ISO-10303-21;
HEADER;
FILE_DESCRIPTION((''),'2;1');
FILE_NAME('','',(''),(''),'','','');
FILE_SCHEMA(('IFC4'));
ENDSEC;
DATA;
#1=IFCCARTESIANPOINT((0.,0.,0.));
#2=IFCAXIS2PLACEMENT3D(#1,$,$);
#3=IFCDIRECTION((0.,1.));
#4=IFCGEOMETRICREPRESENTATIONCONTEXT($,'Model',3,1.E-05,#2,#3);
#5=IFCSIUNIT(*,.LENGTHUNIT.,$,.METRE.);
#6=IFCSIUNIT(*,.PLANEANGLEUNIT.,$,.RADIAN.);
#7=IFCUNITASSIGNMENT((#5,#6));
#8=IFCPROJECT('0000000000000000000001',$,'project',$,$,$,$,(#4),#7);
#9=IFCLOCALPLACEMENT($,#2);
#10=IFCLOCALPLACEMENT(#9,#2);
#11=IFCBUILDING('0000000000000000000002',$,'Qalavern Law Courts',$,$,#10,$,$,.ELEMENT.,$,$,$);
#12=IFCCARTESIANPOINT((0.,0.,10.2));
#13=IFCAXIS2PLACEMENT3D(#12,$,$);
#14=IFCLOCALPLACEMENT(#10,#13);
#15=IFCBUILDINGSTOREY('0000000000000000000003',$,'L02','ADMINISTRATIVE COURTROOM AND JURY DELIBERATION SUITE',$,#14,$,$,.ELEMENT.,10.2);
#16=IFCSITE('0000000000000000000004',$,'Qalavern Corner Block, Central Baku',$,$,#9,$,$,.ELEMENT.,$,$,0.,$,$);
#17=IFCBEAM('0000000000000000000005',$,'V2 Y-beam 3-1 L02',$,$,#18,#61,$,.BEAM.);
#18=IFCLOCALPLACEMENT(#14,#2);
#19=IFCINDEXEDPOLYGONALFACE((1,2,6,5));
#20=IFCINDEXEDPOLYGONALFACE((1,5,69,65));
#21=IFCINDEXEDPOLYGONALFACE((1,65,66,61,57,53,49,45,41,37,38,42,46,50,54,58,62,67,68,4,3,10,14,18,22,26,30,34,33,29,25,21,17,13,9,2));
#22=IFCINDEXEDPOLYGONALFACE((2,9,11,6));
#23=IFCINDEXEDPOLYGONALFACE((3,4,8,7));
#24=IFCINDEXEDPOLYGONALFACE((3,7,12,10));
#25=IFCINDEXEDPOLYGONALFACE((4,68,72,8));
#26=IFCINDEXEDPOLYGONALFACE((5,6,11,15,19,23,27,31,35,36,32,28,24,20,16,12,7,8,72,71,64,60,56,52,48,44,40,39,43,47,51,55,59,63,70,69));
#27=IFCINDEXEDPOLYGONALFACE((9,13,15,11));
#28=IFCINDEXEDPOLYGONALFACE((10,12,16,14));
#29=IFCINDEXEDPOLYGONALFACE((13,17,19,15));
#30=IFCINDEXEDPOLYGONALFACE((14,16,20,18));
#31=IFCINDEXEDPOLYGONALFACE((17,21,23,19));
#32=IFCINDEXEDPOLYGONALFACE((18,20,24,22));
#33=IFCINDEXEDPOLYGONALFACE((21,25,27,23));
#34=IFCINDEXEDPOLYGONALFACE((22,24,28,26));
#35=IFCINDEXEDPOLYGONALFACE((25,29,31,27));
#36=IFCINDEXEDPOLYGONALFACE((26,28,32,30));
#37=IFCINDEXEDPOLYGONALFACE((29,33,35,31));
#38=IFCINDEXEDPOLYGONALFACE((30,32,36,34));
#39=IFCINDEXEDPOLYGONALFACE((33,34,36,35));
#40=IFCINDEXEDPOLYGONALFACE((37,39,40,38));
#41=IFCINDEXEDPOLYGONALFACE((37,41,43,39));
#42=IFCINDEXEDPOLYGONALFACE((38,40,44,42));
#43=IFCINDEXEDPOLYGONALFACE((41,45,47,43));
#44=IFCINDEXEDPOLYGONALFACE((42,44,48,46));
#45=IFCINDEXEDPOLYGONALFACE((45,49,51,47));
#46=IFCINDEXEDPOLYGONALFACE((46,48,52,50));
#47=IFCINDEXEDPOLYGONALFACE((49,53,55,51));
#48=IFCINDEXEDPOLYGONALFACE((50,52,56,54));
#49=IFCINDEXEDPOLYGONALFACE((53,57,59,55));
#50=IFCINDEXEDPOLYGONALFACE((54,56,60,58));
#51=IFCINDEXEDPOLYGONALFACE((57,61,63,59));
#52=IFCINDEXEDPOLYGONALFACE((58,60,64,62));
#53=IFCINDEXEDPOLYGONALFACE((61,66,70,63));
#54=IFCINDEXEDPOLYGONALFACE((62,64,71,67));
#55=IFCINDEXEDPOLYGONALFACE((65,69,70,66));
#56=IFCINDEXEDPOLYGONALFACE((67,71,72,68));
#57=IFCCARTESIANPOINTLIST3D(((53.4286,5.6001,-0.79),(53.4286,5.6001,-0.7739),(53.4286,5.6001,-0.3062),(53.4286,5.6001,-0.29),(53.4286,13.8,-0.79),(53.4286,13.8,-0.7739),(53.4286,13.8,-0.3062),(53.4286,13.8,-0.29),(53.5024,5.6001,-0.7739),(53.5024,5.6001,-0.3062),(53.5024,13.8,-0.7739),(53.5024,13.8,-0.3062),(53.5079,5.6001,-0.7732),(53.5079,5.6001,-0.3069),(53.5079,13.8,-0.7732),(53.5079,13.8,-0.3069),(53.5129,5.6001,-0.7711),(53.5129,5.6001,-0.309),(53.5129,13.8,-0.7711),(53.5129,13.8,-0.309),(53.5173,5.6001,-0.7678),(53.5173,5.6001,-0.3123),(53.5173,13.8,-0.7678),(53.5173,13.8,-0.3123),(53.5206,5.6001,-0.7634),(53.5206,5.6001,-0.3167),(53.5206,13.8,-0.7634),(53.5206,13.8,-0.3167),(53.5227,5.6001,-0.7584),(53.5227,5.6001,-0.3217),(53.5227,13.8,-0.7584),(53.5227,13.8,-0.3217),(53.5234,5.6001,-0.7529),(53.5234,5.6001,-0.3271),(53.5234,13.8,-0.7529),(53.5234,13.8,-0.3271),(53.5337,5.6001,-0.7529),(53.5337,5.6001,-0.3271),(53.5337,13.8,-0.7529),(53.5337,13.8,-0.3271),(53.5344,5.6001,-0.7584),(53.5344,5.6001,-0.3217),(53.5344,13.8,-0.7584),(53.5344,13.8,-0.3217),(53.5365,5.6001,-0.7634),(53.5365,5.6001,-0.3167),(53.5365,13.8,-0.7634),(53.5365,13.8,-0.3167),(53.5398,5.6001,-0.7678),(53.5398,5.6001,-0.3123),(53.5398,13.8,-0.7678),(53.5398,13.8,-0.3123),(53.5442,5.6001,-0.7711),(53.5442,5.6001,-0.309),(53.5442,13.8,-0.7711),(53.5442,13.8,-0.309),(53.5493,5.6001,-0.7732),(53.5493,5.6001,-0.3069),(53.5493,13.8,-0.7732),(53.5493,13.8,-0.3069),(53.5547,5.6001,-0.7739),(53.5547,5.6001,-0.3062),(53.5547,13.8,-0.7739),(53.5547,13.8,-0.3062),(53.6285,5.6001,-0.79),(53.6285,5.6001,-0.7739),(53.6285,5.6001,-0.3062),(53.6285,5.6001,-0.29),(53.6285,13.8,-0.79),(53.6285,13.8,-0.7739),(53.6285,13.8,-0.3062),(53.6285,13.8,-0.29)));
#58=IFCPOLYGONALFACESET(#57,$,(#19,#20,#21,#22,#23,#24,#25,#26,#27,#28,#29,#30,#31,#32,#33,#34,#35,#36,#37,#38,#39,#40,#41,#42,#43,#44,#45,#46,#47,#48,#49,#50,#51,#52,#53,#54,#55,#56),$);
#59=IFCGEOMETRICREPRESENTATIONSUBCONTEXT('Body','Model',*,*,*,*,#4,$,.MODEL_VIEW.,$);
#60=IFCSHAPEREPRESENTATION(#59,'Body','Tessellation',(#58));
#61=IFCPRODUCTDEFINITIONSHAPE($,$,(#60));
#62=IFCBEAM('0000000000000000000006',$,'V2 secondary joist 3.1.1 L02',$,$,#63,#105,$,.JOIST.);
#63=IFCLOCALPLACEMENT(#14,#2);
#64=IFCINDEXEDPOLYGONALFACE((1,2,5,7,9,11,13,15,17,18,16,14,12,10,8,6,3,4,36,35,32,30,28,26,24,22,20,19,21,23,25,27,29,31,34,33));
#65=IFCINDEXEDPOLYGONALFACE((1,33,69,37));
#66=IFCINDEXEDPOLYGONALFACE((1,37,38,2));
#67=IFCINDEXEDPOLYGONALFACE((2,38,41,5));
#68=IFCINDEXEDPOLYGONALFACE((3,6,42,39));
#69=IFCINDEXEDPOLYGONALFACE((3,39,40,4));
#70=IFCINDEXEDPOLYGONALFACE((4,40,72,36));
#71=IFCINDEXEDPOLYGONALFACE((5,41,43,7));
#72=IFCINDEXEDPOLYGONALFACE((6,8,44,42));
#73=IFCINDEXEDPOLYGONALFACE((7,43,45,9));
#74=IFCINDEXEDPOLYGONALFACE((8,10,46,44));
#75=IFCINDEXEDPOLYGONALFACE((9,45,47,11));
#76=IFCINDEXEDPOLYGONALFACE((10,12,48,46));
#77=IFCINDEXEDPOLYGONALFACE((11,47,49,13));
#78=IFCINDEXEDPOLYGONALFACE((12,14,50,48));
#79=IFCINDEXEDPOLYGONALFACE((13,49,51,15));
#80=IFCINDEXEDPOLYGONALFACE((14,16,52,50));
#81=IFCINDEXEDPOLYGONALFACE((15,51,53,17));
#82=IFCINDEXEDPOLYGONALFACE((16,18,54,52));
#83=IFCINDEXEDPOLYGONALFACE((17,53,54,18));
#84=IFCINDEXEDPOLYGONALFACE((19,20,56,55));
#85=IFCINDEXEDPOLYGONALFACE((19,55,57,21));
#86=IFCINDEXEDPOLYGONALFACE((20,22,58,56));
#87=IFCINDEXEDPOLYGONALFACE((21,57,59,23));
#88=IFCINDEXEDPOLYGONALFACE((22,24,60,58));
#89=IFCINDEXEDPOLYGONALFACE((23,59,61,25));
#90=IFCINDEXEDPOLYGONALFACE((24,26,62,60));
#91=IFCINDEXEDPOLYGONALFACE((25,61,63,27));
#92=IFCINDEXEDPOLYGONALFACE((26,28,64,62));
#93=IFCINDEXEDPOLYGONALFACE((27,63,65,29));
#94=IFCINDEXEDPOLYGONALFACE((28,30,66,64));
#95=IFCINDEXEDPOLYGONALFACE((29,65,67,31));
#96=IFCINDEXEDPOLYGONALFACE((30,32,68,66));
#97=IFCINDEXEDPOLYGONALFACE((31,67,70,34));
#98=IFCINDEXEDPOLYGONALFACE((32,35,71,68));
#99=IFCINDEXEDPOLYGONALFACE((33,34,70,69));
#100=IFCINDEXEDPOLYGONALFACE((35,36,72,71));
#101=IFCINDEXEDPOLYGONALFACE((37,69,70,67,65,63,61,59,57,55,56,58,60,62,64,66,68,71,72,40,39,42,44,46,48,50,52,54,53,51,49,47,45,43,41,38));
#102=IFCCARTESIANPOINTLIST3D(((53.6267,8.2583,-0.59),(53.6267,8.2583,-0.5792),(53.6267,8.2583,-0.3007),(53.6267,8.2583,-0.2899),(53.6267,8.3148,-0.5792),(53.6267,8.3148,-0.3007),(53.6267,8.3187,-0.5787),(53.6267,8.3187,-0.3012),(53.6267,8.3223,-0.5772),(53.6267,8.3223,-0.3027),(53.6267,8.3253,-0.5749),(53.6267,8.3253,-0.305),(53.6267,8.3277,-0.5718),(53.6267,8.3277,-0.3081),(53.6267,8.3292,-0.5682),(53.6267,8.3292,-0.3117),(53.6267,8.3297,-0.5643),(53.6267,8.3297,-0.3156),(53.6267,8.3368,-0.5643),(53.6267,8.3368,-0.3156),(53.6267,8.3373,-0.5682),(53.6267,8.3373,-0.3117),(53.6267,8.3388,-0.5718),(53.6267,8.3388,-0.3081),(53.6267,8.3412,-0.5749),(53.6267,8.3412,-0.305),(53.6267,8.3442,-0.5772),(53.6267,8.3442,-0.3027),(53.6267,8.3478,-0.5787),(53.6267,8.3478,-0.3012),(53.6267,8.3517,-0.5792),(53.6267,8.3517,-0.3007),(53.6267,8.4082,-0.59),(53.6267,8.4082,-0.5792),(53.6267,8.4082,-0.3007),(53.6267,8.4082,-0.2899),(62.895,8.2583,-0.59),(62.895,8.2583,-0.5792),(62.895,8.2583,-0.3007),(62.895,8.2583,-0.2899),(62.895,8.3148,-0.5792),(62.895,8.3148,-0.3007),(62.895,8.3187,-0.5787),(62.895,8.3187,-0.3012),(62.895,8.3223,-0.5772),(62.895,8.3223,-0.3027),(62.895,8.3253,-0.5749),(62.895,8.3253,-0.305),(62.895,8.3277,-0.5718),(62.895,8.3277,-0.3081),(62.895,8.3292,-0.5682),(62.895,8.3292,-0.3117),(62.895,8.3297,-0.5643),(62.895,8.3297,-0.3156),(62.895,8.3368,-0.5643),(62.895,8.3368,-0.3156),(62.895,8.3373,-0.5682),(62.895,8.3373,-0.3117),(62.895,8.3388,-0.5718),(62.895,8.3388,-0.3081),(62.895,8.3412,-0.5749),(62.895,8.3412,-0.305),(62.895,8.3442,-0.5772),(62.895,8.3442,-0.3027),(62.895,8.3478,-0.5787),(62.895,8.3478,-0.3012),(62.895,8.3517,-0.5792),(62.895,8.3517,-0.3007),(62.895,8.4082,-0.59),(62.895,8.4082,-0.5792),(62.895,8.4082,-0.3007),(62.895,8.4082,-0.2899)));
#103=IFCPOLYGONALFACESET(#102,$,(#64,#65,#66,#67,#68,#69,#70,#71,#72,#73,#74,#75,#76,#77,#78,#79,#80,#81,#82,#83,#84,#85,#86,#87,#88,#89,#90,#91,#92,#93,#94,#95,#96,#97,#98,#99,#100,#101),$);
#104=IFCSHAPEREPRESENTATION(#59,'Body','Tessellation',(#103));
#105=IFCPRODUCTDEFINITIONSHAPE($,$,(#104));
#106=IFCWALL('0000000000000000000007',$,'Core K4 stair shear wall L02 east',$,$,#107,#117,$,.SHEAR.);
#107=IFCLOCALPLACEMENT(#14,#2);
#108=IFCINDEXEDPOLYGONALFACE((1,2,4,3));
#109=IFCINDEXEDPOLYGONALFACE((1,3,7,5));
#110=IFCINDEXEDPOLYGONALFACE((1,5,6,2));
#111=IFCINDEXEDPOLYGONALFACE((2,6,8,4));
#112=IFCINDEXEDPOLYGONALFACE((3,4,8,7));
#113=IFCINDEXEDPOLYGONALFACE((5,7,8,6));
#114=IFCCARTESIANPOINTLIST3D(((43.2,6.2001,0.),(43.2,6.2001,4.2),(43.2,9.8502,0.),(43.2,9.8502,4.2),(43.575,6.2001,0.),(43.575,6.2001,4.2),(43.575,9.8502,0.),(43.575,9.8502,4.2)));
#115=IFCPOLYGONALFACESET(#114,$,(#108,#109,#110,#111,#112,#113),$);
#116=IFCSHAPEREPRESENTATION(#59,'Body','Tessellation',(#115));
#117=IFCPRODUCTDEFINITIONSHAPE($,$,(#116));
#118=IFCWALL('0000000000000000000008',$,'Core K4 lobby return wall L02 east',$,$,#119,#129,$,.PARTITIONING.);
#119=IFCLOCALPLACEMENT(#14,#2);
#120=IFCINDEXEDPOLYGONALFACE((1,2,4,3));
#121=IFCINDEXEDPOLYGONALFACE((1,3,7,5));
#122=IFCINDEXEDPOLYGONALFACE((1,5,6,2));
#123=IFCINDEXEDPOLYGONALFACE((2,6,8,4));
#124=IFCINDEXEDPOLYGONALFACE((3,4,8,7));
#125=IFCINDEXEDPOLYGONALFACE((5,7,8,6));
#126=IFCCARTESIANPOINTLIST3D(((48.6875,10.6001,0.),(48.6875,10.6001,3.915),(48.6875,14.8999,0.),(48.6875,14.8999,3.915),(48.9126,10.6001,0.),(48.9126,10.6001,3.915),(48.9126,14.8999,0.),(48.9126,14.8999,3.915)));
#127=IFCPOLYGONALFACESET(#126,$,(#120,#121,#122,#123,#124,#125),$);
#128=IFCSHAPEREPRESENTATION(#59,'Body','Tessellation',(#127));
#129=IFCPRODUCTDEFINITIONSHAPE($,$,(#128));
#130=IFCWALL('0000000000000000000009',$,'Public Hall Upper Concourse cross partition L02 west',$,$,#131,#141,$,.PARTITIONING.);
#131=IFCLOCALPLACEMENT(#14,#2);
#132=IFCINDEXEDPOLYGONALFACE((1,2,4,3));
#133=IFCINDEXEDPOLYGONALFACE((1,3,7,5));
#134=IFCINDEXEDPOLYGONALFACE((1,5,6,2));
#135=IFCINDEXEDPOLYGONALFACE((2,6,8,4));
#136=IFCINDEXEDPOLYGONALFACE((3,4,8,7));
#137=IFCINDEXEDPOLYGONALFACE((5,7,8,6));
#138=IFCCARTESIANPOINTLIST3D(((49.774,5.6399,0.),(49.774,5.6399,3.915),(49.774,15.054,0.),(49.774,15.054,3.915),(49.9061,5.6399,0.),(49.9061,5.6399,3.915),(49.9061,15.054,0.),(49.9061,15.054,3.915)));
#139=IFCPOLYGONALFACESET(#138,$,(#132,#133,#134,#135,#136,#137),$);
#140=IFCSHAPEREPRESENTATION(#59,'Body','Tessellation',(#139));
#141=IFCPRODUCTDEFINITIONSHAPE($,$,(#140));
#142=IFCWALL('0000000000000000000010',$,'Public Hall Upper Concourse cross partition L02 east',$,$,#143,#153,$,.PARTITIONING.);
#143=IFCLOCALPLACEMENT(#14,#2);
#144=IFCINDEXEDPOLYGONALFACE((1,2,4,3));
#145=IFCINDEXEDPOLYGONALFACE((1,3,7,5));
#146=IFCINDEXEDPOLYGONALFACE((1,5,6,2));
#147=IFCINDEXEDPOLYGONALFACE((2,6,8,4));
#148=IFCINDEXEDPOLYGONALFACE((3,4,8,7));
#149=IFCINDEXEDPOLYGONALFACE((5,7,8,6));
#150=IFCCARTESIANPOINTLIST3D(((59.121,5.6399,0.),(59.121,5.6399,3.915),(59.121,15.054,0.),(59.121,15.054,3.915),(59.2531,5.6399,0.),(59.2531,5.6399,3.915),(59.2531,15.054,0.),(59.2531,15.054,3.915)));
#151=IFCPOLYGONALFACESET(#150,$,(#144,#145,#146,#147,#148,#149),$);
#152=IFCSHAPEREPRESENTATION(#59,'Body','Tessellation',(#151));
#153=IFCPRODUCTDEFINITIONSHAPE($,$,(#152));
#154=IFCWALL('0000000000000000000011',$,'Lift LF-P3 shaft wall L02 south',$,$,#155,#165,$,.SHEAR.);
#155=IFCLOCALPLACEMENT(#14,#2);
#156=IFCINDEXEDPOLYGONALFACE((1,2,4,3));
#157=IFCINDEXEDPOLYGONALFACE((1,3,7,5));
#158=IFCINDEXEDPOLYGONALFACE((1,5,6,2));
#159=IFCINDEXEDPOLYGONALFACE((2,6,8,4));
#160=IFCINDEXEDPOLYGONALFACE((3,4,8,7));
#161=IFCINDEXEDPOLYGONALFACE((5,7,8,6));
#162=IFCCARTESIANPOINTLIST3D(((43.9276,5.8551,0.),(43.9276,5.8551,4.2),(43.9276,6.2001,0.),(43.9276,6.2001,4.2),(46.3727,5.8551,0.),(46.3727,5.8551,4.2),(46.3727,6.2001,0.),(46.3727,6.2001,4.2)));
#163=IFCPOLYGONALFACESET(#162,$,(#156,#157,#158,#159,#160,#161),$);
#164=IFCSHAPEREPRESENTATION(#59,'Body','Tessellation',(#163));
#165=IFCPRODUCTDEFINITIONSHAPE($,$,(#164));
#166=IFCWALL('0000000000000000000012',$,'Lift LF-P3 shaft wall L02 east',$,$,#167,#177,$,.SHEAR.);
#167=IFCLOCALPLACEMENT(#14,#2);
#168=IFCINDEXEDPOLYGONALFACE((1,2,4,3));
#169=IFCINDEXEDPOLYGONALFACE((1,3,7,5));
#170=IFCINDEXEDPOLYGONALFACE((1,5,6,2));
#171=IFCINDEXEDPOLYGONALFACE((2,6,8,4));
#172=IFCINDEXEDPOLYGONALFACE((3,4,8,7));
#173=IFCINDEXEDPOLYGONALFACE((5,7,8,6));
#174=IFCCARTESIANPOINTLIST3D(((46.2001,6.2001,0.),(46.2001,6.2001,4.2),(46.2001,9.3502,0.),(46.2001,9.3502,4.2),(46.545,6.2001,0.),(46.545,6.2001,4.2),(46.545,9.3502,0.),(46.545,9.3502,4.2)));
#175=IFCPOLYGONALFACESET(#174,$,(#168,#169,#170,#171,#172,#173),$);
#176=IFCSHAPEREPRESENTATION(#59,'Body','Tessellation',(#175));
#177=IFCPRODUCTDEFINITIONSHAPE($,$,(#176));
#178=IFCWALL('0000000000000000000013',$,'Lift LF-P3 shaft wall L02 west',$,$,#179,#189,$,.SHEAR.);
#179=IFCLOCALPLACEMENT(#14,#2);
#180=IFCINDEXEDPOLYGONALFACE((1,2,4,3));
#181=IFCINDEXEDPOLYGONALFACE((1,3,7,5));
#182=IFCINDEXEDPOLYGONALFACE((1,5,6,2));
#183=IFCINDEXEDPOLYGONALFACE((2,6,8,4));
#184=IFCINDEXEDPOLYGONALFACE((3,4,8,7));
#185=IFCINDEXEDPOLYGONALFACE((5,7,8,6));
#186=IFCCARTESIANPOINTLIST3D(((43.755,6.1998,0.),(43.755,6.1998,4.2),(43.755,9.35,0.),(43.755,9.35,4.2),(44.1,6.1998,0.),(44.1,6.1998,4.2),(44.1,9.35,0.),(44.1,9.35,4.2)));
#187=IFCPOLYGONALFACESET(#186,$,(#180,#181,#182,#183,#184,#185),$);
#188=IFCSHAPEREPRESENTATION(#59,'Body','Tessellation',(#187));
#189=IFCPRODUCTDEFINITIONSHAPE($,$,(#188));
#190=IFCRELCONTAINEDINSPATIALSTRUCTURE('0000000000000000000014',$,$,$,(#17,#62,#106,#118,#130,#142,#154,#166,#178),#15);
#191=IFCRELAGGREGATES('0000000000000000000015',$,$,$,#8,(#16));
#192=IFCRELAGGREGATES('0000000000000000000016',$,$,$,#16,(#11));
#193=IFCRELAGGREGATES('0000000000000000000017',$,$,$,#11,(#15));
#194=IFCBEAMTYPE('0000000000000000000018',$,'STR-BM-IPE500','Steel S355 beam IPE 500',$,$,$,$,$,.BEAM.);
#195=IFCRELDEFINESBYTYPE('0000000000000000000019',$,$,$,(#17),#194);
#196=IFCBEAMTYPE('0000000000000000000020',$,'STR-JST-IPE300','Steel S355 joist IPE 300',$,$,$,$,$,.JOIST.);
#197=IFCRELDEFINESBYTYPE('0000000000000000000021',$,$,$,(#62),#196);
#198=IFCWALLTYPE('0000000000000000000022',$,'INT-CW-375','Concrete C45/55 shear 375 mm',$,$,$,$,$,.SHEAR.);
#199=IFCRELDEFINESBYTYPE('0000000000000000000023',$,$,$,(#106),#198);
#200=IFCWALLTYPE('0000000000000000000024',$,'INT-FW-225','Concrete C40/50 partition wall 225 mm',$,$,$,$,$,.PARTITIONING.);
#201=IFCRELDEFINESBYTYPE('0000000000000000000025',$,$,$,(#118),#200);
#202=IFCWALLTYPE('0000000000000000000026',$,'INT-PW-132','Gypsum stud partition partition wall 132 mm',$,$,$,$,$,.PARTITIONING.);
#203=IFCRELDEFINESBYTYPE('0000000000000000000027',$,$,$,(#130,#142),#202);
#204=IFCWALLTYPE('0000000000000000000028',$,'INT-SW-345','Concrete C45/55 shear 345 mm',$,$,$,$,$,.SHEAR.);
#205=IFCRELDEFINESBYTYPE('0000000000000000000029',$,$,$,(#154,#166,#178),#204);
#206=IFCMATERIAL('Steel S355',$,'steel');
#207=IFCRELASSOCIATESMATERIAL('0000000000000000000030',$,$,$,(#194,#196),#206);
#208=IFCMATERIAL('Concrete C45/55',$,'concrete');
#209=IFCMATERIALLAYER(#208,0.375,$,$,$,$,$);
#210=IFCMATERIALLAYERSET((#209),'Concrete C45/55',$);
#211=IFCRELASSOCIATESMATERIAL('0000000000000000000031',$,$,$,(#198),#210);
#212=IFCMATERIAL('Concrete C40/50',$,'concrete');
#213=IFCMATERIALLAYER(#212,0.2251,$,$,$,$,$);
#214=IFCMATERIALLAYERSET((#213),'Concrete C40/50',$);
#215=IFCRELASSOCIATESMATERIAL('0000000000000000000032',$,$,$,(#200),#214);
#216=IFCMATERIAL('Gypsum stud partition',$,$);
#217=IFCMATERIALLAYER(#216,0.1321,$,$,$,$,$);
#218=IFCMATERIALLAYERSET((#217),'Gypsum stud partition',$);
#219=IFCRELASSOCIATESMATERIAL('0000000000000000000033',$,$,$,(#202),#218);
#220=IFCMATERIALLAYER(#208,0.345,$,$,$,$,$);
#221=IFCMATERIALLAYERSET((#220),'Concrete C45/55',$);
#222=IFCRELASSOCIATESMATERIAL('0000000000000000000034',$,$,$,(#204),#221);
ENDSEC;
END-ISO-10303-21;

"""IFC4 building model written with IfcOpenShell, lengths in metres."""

from ifc_helpers import new_model, si_unit, direction, frame, frame_2d, origin, origin_2d, place, context, subcontext, project, spatial, rectangle, i_section, extrude, material, layer, layer_set, material_profile, profile_set, type_object, element, save


model = new_model("IFC4")

# Units and contexts
model_context = context("Model", 3, precision=1e-05, world=origin(), true_north=direction((0.0, 1.0)))
body_context = subcontext(model_context, "Body", "Model", "MODEL_VIEW")
ifc_project = project(units=[si_unit("LENGTHUNIT", "METRE"), si_unit("PLANEANGLEUNIT", "RADIAN")], contexts=[model_context])

# Site, building, storey
site_placement = place(None, origin())
site = spatial("IfcSite", under=ifc_project, at=site_placement, Name="Qalavern Corner Block, Central Baku", CompositionType="ELEMENT", RefElevation=0.0)
building_placement = place(site_placement, origin())
building = spatial("IfcBuilding", under=site, at=building_placement, Name="Qalavern Law Courts", CompositionType="ELEMENT")
storey_placement = place(building_placement, frame((0.0, 0.0, 10.2)))
storey = spatial("IfcBuildingStorey", under=building, at=storey_placement, Name="L02", Description="ADMINISTRATIVE COURTROOM AND JURY DELIBERATION SUITE", CompositionType="ELEMENT", Elevation=10.2)

# Beams
ifc_material_1 = material(Name="Steel S355", Category="steel")
ifc_material_profile_1 = material_profile(ifc_material_1, i_section(OverallWidth=0.2, OverallDepth=0.5, WebThickness=0.0103, FlangeThickness=0.0161, FilletRadius=0.021, at=origin_2d()), Name="IPE 500")
ifc_profile_set_1 = profile_set([ifc_material_profile_1], Name="Steel S355")
beam_type_1 = type_object("IfcBeamType", Name="STR-BM-IPE500", Description="Steel S355 beam IPE 500", PredefinedType="BEAM", material=ifc_profile_set_1)
beam_1_placement = place(storey_placement, frame((53.5286, 5.6001, -0.54), z_axis=(0.0, 1.0, 0.0), x_axis=(-1.0, 0.0, 0.0)))
element("IfcBeam", 1, at=beam_1_placement, inside=storey, type_object=beam_type_1, Name="V2 Y-beam 3-1 L02", PredefinedType="BEAM", context=body_context, shape_type="SweptSolid", body=[
    extrude(i_section(OverallWidth=0.2, OverallDepth=0.5, WebThickness=0.0103, FlangeThickness=0.0161, FilletRadius=0.021, at=origin_2d()), origin(), (0.0, 0.0, 1.0), 8.2),
])
ifc_material_profile_2 = material_profile(ifc_material_1, i_section(OverallWidth=0.1499, OverallDepth=0.3, WebThickness=0.0071, FlangeThickness=0.0107, FilletRadius=0.0149, at=origin_2d()), Name="IPE 300")
ifc_profile_set_2 = profile_set([ifc_material_profile_2], Name="Steel S355")
beam_type_2 = type_object("IfcBeamType", Name="STR-JST-IPE300", Description="Steel S355 joist IPE 300", PredefinedType="JOIST", material=ifc_profile_set_2)
beam_2_placement = place(storey_placement, frame((53.6267, 8.3333, -0.4399), z_axis=(1.0, 0.0, 0.0), x_axis=(0.0, 1.0, 0.0)))
element("IfcBeam", 2, at=beam_2_placement, inside=storey, type_object=beam_type_2, Name="V2 secondary joist 3.1.1 L02", PredefinedType="JOIST", context=body_context, shape_type="SweptSolid", body=[
    extrude(i_section(OverallWidth=0.1499, OverallDepth=0.3, WebThickness=0.0071, FlangeThickness=0.0107, FilletRadius=0.0149, at=origin_2d()), origin(), (0.0, 0.0, 1.0), 9.2683),
])

# Wall
ifc_material_2 = material(Name="Concrete C45/55", Category="concrete")
ifc_layer_1 = layer(ifc_material_2, 0.375)
ifc_layer_set_1 = layer_set([ifc_layer_1], Name="Concrete C45/55")
wall_type_1 = type_object("IfcWallType", Name="INT-CW-375", Description="Concrete C45/55 shear 375 mm", PredefinedType="SHEAR", material=ifc_layer_set_1)
wall_1_placement = place(storey_placement, frame((43.3875, 6.2, 0.0), z_axis=(0.0, 0.0, 1.0), x_axis=(0.0, 1.0, 0.0)))
element("IfcWall", 3, at=wall_1_placement, inside=storey, type_object=wall_type_1, Name="Core K4 stair shear wall L02 east", PredefinedType="SHEAR", context=body_context, shape_type="SweptSolid", body=[
    extrude(rectangle(XDim=3.6501, YDim=0.375, at=frame_2d((1.8252, 0.0))), origin(), (0.0, 0.0, 1.0), 4.2),
])

# Walls
ifc_material_3 = material(Name="Concrete C40/50", Category="concrete")
ifc_layer_2 = layer(ifc_material_3, 0.2251)
ifc_layer_set_2 = layer_set([ifc_layer_2], Name="Concrete C40/50")
wall_type_2 = type_object("IfcWallType", Name="INT-FW-225", Description="Concrete C40/50 partition wall 225 mm", PredefinedType="PARTITIONING", material=ifc_layer_set_2)
wall_2_placement = place(storey_placement, frame((48.8, 10.6001, 0.0), z_axis=(0.0, 0.0, 1.0), x_axis=(0.0, 1.0, 0.0)))
element("IfcWall", 4, at=wall_2_placement, inside=storey, type_object=wall_type_2, Name="Core K4 lobby return wall L02 east", PredefinedType="PARTITIONING", context=body_context, shape_type="SweptSolid", body=[
    extrude(rectangle(XDim=4.2998, YDim=0.2251, at=frame_2d((2.1499, 0.0))), origin(), (0.0, 0.0, 1.0), 3.915),
])
ifc_material_4 = material(Name="Gypsum stud partition")
ifc_layer_3 = layer(ifc_material_4, 0.1321)
ifc_layer_set_3 = layer_set([ifc_layer_3], Name="Gypsum stud partition")
wall_type_3 = type_object("IfcWallType", Name="INT-PW-132", Description="Gypsum stud partition partition wall 132 mm", PredefinedType="PARTITIONING", material=ifc_layer_set_3)
for number, where, z_axis, x_axis, name in (
    (5, (49.8401, 5.6399, 0.0), (0.0, 0.0, 1.0), (0.0, 1.0, 0.0), "Public Hall Upper Concourse cross partition L02 west"),
    (6, (59.187, 5.6399, 0.0), (0.0, 0.0, 1.0), (0.0, 1.0, 0.0), "Public Hall Upper Concourse cross partition L02 east"),
):
    element("IfcWall", number, at=place(storey_placement, frame(where, z_axis=z_axis, x_axis=x_axis)), inside=storey, type_object=wall_type_3, Name=name, PredefinedType="PARTITIONING", context=body_context, shape_type="SweptSolid", body=[
        extrude(rectangle(XDim=9.4141, YDim=0.1321, at=frame_2d((4.707, 0.0))), origin(), (0.0, 0.0, 1.0), 3.915),
    ])
ifc_layer_4 = layer(ifc_material_2, 0.345)
ifc_layer_set_4 = layer_set([ifc_layer_4], Name="Concrete C45/55")
wall_type_4 = type_object("IfcWallType", Name="INT-SW-345", Description="Concrete C45/55 shear 345 mm", PredefinedType="SHEAR", material=ifc_layer_set_4)
wall_3_placement = place(storey_placement, frame((43.9275, 6.0276, 0.0), z_axis=(0.0, 0.0, 1.0), x_axis=(1.0, 0.0, 0.0)))
element("IfcWall", 7, at=wall_3_placement, inside=storey, type_object=wall_type_4, Name="Lift LF-P3 shaft wall L02 south", PredefinedType="SHEAR", context=body_context, shape_type="SweptSolid", body=[
    extrude(rectangle(XDim=2.4451, YDim=0.345, at=frame_2d((1.2227, 0.0))), origin(), (0.0, 0.0, 1.0), 4.2),
])
wall_4_placement = place(storey_placement, frame((46.3726, 6.2, 0.0), z_axis=(0.0, 0.0, 1.0), x_axis=(0.0, 1.0, 0.0)))
element("IfcWall", 8, at=wall_4_placement, inside=storey, type_object=wall_type_4, Name="Lift LF-P3 shaft wall L02 east", PredefinedType="SHEAR", context=body_context, shape_type="SweptSolid", body=[
    extrude(rectangle(XDim=3.1501, YDim=0.345, at=frame_2d((1.5752, 0.0))), origin(), (0.0, 0.0, 1.0), 4.2),
])

# Wall
wall_5_placement = place(storey_placement, frame((43.9275, 9.3501, 0.0), z_axis=(0.0, 0.0, 1.0), x_axis=(0.0, -1.0, 0.0)))
element("IfcWall", 9, at=wall_5_placement, inside=storey, type_object=wall_type_4, Name="Lift LF-P3 shaft wall L02 west", PredefinedType="SHEAR", context=body_context, shape_type="SweptSolid", body=[
    extrude(rectangle(XDim=3.1501, YDim=0.345, at=frame_2d((1.5752, 0.0))), origin(), (0.0, 0.0, 1.0), 4.2),
])

save(model, "model.ifc")
